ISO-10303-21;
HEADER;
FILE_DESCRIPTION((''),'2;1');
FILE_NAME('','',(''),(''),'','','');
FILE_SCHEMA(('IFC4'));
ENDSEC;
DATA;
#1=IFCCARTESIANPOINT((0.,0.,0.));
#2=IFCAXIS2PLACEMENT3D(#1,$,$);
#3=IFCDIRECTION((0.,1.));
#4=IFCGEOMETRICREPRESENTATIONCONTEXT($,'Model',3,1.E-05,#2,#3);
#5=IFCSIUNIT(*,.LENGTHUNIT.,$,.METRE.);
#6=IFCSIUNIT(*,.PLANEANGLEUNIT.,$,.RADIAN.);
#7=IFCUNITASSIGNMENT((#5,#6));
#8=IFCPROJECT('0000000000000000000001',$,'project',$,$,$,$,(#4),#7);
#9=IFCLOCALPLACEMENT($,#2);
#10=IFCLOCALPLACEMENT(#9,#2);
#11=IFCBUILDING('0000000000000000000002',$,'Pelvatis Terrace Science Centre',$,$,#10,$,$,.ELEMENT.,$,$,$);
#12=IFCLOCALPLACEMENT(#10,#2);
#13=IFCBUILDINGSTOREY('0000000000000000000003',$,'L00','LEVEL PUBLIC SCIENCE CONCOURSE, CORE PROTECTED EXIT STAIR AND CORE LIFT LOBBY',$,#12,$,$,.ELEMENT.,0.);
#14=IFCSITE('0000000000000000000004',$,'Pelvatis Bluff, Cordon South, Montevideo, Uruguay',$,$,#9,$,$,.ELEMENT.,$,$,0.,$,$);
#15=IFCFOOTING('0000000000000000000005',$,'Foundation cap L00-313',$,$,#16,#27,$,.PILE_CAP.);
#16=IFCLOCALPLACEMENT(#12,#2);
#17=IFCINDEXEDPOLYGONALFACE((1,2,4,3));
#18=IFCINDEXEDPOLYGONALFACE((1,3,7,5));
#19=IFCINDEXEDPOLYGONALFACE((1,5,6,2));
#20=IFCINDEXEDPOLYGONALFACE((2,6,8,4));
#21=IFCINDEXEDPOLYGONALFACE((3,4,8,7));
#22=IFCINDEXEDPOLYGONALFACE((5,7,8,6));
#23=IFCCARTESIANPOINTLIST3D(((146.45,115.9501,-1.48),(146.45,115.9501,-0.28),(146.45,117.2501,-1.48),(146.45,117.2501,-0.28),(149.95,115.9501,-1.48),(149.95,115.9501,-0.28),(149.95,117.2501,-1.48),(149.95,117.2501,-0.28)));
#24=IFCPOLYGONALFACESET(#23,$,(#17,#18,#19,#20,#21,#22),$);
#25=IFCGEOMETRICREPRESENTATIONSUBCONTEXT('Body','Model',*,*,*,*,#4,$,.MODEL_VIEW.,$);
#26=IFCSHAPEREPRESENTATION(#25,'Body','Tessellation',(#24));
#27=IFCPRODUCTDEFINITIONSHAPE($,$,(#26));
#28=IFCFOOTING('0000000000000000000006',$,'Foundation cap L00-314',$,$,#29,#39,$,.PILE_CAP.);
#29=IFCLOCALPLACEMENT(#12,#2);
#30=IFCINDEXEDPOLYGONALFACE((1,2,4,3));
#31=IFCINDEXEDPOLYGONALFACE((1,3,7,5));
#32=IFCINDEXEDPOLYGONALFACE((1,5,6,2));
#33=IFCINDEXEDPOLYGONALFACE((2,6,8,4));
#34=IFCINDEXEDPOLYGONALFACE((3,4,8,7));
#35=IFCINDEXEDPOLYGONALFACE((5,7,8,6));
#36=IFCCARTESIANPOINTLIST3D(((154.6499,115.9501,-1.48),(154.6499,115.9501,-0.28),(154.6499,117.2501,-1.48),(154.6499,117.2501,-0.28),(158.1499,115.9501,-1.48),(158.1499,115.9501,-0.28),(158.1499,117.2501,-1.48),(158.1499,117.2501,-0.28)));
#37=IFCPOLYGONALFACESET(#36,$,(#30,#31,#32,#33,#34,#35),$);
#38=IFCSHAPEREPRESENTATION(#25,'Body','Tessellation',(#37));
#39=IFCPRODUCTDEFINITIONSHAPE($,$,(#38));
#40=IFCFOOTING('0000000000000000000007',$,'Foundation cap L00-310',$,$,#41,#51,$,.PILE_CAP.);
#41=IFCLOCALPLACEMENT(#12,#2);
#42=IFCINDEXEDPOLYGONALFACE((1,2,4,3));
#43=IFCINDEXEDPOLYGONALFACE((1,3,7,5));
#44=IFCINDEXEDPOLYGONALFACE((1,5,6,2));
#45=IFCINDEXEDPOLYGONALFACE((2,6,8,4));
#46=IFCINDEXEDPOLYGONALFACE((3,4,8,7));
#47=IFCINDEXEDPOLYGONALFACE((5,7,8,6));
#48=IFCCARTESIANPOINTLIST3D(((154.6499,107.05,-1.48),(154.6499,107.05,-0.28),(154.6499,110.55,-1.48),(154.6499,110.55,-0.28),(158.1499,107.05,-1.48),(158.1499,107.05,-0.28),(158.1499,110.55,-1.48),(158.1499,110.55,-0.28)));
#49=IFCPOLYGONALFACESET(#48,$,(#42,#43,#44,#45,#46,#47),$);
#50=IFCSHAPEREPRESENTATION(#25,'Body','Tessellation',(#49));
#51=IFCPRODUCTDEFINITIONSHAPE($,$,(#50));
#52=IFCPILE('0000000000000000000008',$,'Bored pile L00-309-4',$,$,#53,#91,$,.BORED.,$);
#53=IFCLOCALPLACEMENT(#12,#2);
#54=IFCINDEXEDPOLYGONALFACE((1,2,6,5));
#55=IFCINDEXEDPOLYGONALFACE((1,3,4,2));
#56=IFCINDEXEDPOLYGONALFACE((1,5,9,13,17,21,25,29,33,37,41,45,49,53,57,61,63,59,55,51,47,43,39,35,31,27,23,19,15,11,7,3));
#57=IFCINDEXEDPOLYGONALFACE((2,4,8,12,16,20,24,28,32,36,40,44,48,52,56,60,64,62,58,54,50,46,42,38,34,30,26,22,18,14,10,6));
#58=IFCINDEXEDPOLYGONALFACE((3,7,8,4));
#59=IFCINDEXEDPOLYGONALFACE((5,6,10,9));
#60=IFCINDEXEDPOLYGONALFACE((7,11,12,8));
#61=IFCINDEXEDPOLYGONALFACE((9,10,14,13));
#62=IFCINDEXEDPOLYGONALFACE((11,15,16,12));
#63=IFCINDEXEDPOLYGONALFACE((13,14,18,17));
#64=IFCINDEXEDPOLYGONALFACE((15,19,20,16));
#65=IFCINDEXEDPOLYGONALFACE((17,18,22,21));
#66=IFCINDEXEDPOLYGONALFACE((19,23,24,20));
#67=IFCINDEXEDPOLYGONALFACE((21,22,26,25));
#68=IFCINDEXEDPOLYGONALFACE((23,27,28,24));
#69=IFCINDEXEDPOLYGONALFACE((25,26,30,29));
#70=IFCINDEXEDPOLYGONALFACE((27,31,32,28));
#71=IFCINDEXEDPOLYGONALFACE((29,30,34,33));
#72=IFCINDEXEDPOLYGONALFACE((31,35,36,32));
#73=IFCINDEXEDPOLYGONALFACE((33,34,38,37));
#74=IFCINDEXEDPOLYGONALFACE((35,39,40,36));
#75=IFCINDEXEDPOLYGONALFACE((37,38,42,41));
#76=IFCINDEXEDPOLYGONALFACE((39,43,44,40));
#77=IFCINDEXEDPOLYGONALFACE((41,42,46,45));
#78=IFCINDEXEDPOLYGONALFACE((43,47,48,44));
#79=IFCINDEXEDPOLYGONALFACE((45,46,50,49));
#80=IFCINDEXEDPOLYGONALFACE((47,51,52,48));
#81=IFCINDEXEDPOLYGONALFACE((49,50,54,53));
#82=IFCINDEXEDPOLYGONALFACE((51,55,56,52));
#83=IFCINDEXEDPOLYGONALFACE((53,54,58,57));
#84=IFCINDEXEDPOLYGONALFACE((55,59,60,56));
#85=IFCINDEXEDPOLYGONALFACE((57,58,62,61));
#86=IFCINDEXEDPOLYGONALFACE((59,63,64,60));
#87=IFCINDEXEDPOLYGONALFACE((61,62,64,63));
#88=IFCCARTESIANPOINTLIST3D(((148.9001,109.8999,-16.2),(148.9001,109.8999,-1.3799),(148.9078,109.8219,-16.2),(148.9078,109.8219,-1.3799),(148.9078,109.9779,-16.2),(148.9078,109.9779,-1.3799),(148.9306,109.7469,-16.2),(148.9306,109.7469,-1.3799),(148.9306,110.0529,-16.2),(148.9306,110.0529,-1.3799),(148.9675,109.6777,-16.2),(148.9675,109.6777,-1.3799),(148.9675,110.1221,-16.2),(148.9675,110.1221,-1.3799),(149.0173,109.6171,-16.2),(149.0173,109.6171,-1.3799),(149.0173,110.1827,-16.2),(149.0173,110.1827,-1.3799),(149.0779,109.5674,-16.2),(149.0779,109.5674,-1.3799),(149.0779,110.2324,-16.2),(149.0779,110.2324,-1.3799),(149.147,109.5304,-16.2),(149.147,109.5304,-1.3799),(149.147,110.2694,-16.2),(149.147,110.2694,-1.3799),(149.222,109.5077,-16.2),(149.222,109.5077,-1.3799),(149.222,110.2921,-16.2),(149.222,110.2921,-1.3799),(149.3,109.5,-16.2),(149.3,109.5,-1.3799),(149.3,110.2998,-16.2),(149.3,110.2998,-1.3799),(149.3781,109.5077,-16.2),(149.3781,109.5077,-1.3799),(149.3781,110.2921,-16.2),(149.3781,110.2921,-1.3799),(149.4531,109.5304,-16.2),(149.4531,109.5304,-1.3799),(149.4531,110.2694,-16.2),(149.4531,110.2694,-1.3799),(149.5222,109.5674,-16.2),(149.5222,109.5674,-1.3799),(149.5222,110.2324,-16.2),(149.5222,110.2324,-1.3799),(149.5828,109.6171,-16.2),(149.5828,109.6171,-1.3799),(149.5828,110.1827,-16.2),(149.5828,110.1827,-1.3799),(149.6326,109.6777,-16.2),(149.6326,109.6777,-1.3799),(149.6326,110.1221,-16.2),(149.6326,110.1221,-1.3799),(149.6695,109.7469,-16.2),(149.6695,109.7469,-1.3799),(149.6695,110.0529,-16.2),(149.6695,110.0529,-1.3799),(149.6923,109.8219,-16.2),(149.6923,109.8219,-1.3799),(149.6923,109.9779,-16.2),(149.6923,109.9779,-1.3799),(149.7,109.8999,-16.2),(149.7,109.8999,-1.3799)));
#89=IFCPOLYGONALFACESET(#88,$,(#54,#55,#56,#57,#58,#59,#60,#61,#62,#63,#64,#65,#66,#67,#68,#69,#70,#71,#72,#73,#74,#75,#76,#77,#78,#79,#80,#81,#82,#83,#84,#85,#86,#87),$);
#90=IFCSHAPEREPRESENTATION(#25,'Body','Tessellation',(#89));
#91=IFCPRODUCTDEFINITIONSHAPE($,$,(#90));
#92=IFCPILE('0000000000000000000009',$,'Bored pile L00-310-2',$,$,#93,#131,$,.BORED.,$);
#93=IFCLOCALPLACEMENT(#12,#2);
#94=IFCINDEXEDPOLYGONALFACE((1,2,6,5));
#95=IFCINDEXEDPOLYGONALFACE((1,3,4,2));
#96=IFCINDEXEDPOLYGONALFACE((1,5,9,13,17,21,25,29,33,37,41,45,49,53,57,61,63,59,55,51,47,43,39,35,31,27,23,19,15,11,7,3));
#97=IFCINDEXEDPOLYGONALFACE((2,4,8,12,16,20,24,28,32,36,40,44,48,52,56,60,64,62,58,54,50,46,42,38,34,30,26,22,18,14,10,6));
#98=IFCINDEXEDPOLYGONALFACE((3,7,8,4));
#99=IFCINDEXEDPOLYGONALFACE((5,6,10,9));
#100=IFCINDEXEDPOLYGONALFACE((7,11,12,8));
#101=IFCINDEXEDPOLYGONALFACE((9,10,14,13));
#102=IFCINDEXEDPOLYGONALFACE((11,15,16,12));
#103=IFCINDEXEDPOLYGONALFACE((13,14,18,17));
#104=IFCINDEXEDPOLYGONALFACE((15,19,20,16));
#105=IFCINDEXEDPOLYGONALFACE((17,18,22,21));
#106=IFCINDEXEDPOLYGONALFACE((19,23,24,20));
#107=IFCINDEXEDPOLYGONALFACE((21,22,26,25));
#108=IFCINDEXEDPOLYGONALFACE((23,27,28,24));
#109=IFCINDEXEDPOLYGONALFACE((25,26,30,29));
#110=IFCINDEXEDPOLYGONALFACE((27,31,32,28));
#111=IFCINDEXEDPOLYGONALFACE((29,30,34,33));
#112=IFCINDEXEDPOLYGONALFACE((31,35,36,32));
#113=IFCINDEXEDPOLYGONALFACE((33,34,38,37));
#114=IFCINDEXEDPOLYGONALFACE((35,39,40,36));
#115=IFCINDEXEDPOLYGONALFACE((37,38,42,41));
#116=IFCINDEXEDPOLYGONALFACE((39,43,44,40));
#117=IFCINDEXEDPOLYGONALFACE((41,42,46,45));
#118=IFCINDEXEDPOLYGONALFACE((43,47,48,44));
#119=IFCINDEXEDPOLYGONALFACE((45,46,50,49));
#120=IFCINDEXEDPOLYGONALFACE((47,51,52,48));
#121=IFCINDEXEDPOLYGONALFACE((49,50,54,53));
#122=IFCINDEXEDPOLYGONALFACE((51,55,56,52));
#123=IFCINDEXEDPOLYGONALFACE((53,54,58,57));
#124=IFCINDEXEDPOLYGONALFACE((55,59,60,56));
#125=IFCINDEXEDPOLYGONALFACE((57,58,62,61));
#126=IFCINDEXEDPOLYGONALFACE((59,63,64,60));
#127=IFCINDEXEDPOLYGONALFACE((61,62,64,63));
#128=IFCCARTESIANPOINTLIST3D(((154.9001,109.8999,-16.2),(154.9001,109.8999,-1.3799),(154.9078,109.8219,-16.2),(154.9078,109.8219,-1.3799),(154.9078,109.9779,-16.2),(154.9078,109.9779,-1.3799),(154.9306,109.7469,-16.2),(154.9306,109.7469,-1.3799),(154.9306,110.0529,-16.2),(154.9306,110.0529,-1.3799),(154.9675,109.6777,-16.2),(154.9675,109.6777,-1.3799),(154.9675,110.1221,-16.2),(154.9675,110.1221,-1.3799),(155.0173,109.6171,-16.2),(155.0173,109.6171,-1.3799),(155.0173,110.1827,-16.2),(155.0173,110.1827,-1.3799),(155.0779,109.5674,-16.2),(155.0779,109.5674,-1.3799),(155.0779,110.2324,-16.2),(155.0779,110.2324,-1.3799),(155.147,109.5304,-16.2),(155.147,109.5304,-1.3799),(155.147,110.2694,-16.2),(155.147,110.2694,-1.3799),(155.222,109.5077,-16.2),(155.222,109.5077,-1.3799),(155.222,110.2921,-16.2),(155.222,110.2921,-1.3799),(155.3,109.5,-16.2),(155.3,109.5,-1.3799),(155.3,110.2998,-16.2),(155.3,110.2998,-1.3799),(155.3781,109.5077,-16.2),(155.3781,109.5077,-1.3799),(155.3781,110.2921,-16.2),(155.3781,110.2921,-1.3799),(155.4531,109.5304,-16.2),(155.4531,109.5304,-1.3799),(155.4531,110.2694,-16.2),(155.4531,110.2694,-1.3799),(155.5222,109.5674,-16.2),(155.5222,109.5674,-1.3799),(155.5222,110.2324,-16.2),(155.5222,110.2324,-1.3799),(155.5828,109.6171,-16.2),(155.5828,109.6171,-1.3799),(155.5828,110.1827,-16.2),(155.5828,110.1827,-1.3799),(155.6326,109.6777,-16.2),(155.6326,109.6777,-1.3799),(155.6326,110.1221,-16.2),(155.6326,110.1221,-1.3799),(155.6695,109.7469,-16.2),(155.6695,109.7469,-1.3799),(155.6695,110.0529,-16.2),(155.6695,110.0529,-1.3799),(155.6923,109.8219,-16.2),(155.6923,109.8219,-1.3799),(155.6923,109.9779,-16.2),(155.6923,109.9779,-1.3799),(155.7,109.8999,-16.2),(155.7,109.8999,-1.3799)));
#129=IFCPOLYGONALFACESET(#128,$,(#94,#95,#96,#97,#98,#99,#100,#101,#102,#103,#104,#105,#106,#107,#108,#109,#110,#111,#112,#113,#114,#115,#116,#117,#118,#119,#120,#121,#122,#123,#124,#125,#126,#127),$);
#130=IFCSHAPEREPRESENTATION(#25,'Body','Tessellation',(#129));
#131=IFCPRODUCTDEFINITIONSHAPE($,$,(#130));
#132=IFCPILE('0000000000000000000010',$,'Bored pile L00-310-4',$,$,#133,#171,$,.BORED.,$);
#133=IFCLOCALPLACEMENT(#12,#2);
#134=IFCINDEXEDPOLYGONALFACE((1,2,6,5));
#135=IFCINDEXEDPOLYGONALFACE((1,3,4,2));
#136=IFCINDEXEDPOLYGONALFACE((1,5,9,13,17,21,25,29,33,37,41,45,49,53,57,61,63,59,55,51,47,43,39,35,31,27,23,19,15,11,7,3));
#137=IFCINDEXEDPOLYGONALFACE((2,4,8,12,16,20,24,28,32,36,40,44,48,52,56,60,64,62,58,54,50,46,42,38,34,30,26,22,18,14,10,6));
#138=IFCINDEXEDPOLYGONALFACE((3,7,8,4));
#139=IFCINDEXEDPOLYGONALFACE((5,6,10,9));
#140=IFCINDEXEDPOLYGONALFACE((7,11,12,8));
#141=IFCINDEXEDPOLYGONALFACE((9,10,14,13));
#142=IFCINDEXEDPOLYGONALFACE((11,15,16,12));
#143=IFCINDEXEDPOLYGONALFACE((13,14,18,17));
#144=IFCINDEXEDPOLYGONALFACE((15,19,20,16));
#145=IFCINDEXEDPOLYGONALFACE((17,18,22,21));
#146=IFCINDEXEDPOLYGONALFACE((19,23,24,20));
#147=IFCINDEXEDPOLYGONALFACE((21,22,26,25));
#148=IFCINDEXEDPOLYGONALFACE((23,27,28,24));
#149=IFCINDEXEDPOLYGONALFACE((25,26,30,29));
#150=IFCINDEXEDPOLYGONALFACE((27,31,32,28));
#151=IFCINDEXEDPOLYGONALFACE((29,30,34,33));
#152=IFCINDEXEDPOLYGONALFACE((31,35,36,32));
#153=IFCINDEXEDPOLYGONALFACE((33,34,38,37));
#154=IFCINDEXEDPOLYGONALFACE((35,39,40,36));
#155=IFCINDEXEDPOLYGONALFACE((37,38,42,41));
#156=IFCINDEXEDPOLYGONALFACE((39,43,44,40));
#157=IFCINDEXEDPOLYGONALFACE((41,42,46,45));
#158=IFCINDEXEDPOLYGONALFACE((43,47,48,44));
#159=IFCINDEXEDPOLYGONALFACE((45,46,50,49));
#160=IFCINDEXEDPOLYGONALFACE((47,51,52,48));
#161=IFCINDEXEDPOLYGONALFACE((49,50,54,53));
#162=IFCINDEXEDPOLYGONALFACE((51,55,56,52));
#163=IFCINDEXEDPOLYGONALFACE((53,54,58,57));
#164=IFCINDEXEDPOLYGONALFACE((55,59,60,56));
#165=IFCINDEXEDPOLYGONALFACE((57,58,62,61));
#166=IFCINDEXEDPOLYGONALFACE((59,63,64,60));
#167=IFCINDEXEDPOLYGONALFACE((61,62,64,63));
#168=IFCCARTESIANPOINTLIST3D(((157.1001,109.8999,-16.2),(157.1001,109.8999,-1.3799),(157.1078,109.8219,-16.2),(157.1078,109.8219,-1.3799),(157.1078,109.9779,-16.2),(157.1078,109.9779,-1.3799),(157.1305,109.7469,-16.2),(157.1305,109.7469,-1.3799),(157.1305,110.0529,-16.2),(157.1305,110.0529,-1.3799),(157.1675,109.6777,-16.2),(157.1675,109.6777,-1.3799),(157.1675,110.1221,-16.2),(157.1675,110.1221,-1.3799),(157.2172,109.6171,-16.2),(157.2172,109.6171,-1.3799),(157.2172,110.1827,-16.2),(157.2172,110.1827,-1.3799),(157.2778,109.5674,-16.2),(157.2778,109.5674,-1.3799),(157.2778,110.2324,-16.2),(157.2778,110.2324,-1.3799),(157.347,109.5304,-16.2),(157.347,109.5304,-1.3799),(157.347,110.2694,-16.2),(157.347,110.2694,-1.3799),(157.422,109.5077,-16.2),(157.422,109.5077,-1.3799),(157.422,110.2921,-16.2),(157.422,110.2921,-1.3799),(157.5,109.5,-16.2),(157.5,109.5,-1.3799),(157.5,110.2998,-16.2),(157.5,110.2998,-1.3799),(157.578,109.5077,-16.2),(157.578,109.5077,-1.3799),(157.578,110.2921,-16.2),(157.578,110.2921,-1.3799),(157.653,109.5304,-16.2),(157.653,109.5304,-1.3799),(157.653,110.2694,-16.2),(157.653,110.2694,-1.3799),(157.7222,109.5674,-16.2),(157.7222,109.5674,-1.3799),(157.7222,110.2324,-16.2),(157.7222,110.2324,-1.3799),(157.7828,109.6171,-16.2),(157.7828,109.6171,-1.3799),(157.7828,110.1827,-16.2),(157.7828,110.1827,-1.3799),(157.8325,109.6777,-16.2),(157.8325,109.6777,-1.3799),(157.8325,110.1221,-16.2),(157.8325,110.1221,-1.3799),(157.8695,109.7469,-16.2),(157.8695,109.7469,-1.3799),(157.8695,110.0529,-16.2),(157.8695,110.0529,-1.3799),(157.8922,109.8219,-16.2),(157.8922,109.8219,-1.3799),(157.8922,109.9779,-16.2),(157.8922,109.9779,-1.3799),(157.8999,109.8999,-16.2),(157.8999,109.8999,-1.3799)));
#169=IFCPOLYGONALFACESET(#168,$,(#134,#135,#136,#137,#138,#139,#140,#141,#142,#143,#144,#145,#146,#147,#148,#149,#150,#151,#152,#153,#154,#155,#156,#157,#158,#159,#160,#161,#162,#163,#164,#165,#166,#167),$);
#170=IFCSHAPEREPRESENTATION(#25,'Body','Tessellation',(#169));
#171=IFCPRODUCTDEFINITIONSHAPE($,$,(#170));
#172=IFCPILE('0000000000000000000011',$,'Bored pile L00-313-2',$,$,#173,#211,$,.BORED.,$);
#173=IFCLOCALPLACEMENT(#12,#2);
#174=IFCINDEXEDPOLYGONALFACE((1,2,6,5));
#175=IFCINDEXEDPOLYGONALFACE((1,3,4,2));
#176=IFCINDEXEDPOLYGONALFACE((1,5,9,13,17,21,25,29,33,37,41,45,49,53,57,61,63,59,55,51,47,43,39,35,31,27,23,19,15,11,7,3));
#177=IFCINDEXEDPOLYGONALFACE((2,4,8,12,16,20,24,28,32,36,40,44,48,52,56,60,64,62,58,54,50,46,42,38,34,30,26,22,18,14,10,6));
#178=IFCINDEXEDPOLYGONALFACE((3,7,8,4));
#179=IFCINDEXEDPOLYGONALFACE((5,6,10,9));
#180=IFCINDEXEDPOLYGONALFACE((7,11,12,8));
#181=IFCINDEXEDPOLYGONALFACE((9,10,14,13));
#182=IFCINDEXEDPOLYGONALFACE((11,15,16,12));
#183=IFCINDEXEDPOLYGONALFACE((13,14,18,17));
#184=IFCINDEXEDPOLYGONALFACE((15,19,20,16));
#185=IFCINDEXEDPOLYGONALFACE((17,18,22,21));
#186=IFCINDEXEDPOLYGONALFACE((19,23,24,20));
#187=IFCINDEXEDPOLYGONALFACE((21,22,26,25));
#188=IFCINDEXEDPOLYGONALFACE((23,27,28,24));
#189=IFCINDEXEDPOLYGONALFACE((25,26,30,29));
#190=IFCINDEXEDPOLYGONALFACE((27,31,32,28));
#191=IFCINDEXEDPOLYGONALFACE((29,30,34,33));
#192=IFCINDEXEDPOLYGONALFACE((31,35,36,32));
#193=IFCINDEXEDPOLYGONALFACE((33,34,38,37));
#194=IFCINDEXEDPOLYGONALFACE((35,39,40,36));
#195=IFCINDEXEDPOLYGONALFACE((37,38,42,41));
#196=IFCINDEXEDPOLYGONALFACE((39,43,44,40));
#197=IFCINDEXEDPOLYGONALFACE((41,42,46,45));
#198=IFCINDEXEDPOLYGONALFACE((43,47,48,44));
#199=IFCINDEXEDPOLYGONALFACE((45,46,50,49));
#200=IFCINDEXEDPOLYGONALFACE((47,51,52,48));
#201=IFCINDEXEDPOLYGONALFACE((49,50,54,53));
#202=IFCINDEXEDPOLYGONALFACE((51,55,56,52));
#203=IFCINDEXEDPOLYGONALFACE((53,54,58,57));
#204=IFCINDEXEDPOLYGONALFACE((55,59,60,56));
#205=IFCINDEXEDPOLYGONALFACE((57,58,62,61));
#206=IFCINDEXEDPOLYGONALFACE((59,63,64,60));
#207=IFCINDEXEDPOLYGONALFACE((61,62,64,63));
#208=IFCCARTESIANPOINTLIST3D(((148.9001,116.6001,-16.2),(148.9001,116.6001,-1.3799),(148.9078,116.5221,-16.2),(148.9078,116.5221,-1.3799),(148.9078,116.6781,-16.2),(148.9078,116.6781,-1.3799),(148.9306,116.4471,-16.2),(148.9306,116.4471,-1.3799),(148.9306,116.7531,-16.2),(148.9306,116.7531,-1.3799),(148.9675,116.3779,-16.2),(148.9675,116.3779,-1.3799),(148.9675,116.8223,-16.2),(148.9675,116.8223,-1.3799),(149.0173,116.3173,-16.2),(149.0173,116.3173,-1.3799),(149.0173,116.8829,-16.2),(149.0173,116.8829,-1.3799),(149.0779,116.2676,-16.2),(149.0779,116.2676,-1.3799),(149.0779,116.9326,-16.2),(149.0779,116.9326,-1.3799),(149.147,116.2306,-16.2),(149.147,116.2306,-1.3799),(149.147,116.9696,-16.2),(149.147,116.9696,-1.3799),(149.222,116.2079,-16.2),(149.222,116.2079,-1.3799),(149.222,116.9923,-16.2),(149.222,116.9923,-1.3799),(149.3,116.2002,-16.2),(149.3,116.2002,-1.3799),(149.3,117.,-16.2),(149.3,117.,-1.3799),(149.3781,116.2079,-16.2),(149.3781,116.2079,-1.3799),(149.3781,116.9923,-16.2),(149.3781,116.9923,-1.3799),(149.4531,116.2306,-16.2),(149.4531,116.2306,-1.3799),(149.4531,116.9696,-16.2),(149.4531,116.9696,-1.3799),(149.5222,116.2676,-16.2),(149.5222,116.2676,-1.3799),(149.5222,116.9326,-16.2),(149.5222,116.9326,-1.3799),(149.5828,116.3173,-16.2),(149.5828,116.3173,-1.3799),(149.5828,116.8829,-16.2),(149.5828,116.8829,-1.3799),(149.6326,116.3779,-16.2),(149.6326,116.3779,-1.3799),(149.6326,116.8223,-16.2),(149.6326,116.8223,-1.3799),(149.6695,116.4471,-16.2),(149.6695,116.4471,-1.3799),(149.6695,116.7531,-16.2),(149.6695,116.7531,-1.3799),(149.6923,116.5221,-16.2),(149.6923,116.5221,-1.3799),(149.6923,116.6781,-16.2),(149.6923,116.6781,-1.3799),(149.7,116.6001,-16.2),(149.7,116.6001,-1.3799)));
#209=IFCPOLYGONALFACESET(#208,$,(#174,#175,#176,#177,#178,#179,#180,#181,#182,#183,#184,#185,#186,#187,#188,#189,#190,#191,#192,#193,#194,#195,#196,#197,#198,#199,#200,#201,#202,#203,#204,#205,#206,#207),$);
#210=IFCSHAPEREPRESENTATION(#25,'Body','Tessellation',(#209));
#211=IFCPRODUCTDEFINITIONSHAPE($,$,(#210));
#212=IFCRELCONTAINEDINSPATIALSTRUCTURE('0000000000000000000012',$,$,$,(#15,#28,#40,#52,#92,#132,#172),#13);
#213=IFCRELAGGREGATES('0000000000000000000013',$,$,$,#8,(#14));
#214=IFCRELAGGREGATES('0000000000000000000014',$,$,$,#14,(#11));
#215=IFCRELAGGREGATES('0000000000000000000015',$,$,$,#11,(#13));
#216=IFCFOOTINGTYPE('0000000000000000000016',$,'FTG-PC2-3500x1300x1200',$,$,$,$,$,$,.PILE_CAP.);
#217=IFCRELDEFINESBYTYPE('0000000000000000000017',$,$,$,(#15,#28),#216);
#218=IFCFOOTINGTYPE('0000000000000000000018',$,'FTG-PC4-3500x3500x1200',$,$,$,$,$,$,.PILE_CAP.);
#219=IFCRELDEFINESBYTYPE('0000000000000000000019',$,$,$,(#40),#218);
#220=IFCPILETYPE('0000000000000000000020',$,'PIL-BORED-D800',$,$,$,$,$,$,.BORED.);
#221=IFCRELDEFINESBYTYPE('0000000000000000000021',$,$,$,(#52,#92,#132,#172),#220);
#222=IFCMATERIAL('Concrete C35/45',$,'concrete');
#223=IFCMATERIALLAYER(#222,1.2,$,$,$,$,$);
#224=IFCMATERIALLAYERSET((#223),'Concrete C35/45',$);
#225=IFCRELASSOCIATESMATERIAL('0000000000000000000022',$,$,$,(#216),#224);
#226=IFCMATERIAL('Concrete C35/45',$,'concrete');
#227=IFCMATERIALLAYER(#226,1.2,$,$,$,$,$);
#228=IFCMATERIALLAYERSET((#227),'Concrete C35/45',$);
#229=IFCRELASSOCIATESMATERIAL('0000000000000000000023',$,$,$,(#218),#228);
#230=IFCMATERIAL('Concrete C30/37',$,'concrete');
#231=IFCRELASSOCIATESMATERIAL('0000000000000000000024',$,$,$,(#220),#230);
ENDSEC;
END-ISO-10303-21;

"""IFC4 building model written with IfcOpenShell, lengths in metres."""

from ifc_helpers import new_model, si_unit, direction, frame, origin, origin_2d, place, context, subcontext, project, spatial, rectangle, circle, extrude, material, layer, layer_set, material_profile, profile_set, type_object, element, save


model = new_model("IFC4")

# Units and contexts
model_context = context("Model", 3, precision=1e-05, world=origin(), true_north=direction((0.0, 1.0)))
body_context = subcontext(model_context, "Body", "Model", "MODEL_VIEW")
ifc_project = project(units=[si_unit("LENGTHUNIT", "METRE"), si_unit("PLANEANGLEUNIT", "RADIAN")], contexts=[model_context])

# Site, building, storey
site_placement = place(None, origin())
site = spatial("IfcSite", under=ifc_project, at=site_placement, Name="Pelvatis Bluff, Cordon South, Montevideo, Uruguay", CompositionType="ELEMENT", RefElevation=0.0)
building_placement = place(site_placement, origin())
building = spatial("IfcBuilding", under=site, at=building_placement, Name="Pelvatis Terrace Science Centre", CompositionType="ELEMENT")
storey_placement = place(building_placement, origin())
storey = spatial("IfcBuildingStorey", under=building, at=storey_placement, Name="L00", Description="LEVEL PUBLIC SCIENCE CONCOURSE, CORE PROTECTED EXIT STAIR AND CORE LIFT LOBBY", CompositionType="ELEMENT", Elevation=0.0)

# Footings
ifc_material_1 = material(Name="Concrete C35/45", Category="concrete")
ifc_layer_1 = layer(ifc_material_1, 1.2)
ifc_layer_set_1 = layer_set([ifc_layer_1], Name="Concrete C35/45")
footing_type_1 = type_object("IfcFootingType", Name="FTG-PC2-3500x1300x1200", PredefinedType="PILE_CAP", material=ifc_layer_set_1)
for number, where, z_axis, x_axis, name in (
    (1, (148.2, 116.6001, -1.48), (0.0, 0.0, 1.0), (1.0, 0.0, 0.0), "Foundation cap L00-313"),
    (2, (156.3999, 116.6001, -1.48), (0.0, 0.0, 1.0), (1.0, 0.0, 0.0), "Foundation cap L00-314"),
):
    element("IfcFooting", number, at=place(storey_placement, frame(where, z_axis=z_axis, x_axis=x_axis)), inside=storey, type_object=footing_type_1, Name=name, PredefinedType="PILE_CAP", context=body_context, shape_type="SweptSolid", body=[
        extrude(rectangle(XDim=3.5, YDim=1.3, at=origin_2d()), origin(), (0.0, 0.0, 1.0), 1.2),
    ])
ifc_material_2 = material(Name="Concrete C35/45", Category="concrete")
ifc_layer_2 = layer(ifc_material_2, 1.2)
ifc_layer_set_2 = layer_set([ifc_layer_2], Name="Concrete C35/45")
footing_type_2 = type_object("IfcFootingType", Name="FTG-PC4-3500x3500x1200", PredefinedType="PILE_CAP", material=ifc_layer_set_2)
footing_placement = place(storey_placement, frame((156.3999, 108.8, -1.48), z_axis=(0.0, 0.0, 1.0), x_axis=(1.0, 0.0, 0.0)))
element("IfcFooting", 3, at=footing_placement, inside=storey, type_object=footing_type_2, Name="Foundation cap L00-310", PredefinedType="PILE_CAP", context=body_context, shape_type="SweptSolid", body=[
    extrude(rectangle(XDim=3.5, YDim=3.5, at=origin_2d()), origin(), (0.0, 0.0, 1.0), 1.2),
])

# Piles
ifc_material_3 = material(Name="Concrete C30/37", Category="concrete")
ifc_material_profile_1 = material_profile(ifc_material_3, circle(Radius=0.3999, at=origin_2d()), Name="PILE D800")
ifc_profile_set_1 = profile_set([ifc_material_profile_1], Name="Concrete C30/37")
pile_type = type_object("IfcPileType", Name="PIL-BORED-D800", PredefinedType="BORED", material=ifc_profile_set_1)
for number, where, z_axis, x_axis, name in (
    (4, (149.3, 109.8999, -1.3799), (0.0, 0.0, -1.0), (1.0, 0.0, 0.0), "Bored pile L00-309-4"),
    (5, (155.3, 109.8999, -1.3799), (0.0, 0.0, -1.0), (1.0, 0.0, 0.0), "Bored pile L00-310-2"),
    (6, (157.5, 109.8999, -1.3799), (0.0, 0.0, -1.0), (1.0, 0.0, 0.0), "Bored pile L00-310-4"),
    (7, (149.3, 116.6001, -1.3799), (0.0, 0.0, -1.0), (1.0, 0.0, 0.0), "Bored pile L00-313-2"),
):
    element("IfcPile", number, at=place(storey_placement, frame(where, z_axis=z_axis, x_axis=x_axis)), inside=storey, type_object=pile_type, Name=name, PredefinedType="BORED", context=body_context, shape_type="SweptSolid", body=[
        extrude(circle(Radius=0.3999, at=origin_2d()), origin(), (0.0, 0.0, 1.0), 14.8201),
    ])

save(model, "model.ifc")
